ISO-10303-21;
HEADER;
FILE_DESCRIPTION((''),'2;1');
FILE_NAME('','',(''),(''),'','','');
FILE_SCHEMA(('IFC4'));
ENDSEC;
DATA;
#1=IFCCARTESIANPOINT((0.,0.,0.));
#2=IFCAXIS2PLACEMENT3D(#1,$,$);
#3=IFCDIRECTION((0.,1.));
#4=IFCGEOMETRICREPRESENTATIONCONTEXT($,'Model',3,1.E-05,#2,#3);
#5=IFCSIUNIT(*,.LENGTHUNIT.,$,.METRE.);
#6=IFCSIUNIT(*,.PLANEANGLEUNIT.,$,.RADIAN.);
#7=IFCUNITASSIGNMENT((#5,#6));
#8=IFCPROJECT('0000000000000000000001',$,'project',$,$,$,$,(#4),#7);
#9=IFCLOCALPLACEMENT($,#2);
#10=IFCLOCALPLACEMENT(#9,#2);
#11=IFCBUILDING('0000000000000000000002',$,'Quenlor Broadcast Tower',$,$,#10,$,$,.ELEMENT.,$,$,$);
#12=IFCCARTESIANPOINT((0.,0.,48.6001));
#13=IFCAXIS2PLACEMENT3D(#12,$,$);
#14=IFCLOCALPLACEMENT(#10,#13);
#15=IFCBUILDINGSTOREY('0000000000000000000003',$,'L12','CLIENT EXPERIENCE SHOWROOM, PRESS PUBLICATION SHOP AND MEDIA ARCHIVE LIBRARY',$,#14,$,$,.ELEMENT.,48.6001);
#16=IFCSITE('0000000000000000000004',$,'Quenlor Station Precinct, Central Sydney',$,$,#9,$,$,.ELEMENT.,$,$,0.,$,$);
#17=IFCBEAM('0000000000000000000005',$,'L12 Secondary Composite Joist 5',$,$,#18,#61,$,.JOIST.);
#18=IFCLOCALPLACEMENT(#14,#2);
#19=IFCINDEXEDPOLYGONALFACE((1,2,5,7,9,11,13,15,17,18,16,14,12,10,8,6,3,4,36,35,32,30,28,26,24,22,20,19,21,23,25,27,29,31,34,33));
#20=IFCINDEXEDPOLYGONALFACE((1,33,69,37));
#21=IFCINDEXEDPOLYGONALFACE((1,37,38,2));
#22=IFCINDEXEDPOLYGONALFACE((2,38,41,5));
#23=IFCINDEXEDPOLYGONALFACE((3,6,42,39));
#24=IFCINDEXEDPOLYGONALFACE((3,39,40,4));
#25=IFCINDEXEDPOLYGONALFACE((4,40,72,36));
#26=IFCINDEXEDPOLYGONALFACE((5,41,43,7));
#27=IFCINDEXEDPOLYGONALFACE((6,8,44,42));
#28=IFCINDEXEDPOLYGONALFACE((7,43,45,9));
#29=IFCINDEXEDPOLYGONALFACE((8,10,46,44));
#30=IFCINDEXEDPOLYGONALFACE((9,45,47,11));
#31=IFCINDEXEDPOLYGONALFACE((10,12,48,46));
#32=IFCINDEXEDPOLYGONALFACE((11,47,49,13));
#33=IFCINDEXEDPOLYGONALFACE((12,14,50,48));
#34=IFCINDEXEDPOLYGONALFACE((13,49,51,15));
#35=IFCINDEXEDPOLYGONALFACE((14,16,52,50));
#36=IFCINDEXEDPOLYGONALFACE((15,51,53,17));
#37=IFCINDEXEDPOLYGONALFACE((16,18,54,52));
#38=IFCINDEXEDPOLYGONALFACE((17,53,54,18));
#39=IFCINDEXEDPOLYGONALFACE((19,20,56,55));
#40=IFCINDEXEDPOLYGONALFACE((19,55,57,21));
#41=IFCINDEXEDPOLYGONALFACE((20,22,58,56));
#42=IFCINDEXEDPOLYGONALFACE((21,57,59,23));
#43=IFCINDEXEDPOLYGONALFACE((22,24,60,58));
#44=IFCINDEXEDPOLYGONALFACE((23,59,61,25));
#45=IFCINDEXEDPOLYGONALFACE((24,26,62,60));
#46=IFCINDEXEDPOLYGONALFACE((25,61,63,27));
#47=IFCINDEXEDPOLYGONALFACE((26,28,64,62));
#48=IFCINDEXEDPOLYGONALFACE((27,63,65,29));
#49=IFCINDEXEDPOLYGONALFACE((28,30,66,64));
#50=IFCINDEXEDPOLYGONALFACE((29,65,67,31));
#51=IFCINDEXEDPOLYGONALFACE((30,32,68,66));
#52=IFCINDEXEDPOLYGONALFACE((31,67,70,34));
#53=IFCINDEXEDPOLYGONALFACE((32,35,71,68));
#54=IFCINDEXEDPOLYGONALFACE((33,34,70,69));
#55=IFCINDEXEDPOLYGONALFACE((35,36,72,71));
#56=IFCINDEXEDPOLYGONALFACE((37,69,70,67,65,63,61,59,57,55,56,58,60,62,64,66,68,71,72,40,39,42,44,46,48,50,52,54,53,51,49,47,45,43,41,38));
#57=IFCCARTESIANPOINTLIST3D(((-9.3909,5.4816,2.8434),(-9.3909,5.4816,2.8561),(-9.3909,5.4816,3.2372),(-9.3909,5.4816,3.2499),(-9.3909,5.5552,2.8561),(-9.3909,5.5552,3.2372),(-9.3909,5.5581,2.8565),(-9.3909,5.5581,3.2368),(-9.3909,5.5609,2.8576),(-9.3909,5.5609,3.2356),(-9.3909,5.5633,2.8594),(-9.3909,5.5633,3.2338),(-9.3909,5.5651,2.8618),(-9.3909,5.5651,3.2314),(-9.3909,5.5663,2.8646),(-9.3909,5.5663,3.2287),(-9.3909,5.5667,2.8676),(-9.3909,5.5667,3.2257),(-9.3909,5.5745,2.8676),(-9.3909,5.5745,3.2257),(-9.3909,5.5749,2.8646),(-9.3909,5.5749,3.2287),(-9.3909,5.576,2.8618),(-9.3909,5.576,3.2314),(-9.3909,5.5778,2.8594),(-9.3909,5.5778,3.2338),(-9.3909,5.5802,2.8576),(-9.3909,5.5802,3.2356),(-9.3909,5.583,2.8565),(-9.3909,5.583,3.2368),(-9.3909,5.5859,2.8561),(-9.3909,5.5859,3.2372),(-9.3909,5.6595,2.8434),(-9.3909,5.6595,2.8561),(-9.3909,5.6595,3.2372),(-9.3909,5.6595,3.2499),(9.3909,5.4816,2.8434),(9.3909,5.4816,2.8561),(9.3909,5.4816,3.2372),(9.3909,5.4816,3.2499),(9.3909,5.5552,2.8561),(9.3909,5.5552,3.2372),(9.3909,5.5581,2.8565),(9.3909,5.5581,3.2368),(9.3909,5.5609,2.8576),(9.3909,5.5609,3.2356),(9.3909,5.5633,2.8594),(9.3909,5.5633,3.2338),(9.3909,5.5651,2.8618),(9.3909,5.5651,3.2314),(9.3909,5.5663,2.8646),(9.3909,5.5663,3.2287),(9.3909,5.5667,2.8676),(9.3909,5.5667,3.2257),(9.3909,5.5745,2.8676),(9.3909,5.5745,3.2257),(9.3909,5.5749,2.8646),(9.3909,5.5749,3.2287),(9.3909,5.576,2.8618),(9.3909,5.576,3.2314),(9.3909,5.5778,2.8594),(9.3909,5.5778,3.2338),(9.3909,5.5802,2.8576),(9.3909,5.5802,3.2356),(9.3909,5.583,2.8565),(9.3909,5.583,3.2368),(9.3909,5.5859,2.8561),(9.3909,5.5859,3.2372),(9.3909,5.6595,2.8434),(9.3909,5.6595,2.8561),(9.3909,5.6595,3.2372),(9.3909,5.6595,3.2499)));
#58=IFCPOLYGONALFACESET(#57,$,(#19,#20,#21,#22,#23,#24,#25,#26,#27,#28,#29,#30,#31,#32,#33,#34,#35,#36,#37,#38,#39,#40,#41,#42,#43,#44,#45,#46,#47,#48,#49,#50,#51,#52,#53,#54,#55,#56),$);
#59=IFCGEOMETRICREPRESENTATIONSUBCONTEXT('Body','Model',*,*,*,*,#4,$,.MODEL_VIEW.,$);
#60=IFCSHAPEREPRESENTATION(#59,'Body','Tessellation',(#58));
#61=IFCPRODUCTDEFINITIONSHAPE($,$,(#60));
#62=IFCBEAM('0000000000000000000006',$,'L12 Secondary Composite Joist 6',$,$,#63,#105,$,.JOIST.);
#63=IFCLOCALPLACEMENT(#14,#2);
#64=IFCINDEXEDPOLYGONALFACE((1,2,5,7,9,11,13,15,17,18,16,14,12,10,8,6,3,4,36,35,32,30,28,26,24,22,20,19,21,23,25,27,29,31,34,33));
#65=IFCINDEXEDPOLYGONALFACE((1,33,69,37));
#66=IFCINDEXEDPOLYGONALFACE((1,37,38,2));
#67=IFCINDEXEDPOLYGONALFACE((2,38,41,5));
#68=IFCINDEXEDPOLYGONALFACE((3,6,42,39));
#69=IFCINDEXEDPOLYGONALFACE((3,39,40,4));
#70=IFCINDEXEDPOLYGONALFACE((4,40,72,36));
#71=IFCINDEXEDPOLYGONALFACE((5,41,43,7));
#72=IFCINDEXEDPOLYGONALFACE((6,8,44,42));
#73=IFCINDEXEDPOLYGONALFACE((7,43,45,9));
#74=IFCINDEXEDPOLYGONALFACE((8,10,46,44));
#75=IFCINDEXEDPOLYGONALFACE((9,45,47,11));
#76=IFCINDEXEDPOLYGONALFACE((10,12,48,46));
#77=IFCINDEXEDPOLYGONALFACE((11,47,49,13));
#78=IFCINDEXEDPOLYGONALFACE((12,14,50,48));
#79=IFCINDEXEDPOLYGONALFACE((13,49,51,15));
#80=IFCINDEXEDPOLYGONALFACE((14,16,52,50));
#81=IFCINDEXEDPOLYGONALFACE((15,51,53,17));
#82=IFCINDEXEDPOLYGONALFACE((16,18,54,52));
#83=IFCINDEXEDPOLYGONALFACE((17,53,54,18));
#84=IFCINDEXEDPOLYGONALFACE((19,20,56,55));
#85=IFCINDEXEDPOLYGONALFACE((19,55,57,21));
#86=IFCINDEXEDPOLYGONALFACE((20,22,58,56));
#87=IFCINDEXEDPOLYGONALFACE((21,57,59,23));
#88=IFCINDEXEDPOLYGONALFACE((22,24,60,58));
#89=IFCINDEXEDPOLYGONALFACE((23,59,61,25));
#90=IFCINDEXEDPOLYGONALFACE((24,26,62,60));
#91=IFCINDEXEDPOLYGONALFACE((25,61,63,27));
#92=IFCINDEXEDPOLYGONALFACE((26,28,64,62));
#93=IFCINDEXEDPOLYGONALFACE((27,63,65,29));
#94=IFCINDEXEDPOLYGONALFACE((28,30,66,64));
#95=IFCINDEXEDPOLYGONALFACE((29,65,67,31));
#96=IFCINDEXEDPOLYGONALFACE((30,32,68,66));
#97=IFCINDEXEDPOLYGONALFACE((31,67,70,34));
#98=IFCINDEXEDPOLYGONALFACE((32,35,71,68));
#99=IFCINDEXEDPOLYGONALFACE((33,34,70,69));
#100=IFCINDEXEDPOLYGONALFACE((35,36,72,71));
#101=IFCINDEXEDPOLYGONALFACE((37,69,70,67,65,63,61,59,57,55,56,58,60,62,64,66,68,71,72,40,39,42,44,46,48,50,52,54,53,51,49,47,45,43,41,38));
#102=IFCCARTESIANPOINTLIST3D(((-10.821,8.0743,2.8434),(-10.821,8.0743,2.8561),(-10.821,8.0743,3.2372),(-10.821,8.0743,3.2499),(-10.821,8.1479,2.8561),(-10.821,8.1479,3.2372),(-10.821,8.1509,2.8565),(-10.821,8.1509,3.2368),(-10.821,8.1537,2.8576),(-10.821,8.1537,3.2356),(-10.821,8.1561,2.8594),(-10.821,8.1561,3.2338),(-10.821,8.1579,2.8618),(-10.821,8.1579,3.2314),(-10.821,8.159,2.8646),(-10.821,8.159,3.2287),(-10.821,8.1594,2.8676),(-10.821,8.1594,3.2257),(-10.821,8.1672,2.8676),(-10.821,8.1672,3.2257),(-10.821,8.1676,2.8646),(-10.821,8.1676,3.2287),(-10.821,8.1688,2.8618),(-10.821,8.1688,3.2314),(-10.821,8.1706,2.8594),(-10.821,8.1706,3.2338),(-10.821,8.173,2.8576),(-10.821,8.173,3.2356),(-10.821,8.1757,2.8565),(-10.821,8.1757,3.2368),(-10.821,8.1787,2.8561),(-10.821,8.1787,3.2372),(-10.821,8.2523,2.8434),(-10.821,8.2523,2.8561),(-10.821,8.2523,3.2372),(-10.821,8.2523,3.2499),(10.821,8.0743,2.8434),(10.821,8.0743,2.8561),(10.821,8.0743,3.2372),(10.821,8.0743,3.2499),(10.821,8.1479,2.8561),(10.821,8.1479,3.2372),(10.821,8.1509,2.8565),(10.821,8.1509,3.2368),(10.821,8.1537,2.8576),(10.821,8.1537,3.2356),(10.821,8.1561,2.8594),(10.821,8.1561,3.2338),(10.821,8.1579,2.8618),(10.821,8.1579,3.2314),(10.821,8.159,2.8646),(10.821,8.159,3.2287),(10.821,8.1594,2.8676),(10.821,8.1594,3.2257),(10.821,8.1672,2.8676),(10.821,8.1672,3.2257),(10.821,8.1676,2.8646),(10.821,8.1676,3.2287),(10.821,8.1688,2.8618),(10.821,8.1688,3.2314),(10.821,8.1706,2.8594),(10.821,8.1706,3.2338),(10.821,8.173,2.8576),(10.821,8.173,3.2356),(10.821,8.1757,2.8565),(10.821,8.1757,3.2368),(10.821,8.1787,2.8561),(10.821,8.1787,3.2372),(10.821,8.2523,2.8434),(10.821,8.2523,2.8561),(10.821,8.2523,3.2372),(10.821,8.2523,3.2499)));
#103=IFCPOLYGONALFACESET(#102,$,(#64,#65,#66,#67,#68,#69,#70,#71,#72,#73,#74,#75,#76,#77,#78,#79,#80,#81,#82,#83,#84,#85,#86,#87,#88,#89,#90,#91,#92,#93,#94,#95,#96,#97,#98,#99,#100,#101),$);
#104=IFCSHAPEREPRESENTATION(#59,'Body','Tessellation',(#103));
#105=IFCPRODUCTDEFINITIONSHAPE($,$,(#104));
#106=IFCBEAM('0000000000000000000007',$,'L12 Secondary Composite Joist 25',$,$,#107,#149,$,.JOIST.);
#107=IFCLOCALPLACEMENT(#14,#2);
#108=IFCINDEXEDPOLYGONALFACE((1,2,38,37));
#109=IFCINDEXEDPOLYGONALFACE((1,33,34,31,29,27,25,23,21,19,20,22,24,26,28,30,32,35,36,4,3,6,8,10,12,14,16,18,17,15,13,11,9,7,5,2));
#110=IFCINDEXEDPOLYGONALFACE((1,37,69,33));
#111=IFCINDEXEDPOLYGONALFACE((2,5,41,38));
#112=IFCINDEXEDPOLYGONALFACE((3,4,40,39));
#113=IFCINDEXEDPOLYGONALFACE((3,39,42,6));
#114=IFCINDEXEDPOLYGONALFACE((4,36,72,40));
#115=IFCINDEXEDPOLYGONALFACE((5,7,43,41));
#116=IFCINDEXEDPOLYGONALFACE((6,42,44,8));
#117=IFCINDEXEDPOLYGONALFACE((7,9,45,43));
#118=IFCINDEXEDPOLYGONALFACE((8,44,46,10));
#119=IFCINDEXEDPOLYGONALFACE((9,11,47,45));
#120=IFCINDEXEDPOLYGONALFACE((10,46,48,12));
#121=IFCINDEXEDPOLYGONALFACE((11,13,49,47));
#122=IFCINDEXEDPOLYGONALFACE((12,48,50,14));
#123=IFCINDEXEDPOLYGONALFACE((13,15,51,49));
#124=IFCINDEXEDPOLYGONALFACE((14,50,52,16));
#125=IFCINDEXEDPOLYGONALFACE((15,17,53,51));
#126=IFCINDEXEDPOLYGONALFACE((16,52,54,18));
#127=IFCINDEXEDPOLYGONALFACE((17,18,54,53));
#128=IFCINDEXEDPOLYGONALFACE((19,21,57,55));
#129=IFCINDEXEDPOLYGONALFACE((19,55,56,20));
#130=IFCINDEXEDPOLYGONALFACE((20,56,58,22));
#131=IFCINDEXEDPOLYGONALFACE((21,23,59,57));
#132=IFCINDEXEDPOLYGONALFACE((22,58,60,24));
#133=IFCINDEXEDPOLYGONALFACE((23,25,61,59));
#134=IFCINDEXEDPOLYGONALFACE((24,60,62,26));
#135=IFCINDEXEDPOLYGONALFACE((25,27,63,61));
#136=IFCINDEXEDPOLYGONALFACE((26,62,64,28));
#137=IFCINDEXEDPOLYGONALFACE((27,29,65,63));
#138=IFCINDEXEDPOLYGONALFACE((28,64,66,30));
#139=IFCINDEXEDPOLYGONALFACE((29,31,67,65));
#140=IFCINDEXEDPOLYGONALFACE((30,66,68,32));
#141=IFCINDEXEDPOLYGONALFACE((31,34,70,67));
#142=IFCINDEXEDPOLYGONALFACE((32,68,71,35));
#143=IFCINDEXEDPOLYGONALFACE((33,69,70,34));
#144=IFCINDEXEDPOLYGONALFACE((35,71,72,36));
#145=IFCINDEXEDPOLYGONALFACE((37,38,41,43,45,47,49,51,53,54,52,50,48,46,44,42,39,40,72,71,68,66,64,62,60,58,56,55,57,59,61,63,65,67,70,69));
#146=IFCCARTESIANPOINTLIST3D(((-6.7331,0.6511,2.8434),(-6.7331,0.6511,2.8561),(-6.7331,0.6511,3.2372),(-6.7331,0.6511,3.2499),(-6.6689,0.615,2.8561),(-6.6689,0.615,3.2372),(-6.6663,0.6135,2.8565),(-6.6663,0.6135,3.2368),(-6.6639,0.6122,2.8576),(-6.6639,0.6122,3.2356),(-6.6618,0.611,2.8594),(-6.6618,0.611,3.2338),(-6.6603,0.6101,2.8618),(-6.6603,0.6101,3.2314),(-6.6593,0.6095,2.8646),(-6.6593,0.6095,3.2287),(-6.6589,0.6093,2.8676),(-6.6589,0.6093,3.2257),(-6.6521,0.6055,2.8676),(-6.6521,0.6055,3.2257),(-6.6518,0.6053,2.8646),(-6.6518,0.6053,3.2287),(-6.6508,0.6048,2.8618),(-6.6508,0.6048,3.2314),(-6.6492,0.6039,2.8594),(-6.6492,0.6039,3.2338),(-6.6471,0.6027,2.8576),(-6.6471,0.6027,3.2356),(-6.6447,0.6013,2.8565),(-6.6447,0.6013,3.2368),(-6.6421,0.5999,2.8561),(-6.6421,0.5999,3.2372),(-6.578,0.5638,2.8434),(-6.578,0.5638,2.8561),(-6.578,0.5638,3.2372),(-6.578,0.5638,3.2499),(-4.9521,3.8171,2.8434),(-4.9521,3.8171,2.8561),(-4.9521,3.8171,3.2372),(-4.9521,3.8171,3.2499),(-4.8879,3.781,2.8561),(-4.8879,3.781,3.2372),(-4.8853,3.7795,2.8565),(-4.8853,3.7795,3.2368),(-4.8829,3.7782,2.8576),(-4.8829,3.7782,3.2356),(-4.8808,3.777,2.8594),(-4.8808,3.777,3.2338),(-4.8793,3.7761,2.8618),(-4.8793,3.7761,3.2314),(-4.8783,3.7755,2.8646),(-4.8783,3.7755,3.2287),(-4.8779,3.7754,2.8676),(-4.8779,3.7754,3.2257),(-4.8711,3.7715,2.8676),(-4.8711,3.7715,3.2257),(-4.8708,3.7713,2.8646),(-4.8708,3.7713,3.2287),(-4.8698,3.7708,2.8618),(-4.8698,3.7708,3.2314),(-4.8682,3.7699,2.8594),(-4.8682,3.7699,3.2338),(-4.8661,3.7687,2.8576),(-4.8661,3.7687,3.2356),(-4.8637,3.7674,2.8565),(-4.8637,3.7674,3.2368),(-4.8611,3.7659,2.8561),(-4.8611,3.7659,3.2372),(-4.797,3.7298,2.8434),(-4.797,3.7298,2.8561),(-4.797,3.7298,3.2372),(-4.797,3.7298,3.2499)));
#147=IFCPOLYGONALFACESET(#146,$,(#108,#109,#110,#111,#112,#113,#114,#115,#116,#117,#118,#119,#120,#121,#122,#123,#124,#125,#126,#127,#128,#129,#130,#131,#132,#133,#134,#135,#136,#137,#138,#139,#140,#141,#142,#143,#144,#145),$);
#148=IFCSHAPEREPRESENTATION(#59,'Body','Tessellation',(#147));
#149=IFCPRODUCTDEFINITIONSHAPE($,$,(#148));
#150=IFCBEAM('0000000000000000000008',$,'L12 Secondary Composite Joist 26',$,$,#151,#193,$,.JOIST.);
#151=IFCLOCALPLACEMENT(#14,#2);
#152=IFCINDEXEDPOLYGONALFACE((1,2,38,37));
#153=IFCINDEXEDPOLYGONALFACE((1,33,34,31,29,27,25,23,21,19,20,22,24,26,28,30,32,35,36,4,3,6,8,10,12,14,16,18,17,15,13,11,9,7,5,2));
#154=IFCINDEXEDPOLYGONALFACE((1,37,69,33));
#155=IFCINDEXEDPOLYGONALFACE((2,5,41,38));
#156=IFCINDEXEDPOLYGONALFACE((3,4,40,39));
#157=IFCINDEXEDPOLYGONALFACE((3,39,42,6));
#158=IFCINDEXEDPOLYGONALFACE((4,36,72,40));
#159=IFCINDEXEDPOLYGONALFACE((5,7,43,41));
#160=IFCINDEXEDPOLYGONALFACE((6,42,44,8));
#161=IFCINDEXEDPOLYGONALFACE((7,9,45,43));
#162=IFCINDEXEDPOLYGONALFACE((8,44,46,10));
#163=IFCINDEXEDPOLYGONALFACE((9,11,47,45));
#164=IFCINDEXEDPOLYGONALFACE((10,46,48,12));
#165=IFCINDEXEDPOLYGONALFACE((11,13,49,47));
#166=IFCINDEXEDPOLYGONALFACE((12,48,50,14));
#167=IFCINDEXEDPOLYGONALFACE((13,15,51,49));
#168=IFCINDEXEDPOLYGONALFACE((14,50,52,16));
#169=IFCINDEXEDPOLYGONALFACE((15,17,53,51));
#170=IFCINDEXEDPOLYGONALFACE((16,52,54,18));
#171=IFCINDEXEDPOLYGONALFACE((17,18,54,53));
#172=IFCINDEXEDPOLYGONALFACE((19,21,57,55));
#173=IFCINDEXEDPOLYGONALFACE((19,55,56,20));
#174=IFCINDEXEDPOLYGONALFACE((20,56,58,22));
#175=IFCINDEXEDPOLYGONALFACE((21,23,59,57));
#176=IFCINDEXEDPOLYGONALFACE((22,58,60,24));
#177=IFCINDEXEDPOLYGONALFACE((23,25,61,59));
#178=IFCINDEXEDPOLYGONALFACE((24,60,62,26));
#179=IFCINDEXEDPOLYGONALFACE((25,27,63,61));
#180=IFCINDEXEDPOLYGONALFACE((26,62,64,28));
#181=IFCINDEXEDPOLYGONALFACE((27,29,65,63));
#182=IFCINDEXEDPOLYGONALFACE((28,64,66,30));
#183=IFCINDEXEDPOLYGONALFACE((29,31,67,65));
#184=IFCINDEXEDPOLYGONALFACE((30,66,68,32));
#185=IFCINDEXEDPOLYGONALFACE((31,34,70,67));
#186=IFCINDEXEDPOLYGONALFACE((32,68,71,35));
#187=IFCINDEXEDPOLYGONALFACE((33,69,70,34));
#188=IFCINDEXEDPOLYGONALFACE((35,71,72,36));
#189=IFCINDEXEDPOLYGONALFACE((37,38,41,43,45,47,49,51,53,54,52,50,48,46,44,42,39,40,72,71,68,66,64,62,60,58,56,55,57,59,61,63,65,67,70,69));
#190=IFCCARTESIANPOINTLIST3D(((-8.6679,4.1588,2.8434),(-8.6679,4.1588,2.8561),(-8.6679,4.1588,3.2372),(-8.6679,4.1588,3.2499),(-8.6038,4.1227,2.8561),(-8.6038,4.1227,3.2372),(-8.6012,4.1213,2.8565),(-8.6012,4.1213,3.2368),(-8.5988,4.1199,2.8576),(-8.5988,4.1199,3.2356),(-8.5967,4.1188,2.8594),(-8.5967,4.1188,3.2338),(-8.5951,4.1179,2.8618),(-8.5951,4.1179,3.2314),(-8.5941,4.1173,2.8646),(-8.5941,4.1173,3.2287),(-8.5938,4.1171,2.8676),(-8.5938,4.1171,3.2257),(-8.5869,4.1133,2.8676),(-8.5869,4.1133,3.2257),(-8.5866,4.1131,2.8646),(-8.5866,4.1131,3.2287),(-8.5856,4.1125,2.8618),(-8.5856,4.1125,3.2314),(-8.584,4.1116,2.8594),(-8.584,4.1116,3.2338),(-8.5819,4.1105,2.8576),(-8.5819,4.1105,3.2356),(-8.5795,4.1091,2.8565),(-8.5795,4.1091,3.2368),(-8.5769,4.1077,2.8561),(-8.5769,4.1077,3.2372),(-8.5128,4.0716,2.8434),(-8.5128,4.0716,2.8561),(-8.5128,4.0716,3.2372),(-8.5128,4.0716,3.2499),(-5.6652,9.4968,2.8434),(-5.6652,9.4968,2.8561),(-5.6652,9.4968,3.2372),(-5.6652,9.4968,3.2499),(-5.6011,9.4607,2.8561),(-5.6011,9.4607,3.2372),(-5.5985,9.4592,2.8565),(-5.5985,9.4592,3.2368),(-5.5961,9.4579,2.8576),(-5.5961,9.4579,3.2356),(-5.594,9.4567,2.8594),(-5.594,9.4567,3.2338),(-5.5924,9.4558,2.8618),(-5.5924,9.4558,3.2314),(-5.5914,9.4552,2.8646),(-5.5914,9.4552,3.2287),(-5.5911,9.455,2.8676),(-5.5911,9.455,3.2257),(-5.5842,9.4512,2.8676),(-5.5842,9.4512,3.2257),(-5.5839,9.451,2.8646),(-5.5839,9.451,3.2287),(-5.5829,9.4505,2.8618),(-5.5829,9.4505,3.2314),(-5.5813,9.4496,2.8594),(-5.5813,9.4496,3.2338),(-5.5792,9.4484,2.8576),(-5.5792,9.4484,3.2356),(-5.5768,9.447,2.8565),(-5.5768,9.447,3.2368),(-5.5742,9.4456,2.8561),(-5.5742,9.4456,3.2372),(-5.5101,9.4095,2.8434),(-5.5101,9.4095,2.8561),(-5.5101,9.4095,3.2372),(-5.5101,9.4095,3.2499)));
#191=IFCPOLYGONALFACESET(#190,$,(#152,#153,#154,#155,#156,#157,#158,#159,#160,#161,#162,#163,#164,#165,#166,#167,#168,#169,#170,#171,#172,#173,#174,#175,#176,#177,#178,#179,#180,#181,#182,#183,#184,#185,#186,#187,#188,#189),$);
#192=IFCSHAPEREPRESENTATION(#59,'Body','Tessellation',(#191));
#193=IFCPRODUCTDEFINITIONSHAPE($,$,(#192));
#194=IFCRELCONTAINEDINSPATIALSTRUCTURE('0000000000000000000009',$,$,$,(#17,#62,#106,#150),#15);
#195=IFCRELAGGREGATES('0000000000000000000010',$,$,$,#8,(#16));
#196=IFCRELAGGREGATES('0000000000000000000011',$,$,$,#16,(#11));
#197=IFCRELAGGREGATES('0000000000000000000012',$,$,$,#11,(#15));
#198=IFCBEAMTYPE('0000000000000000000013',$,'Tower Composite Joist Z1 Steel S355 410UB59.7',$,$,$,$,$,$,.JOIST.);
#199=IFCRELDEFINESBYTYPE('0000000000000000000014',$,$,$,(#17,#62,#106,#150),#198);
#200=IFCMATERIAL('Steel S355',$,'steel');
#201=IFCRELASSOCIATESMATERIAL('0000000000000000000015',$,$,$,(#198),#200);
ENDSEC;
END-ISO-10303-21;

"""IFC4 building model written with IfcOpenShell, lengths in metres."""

from ifc_helpers import new_model, si_unit, direction, frame, origin, origin_2d, place, context, subcontext, project, spatial, i_section, extrude, material, material_profile, profile_set, type_object, element, save


model = new_model("IFC4")

# Units and contexts
model_context = context("Model", 3, precision=1e-05, world=origin(), true_north=direction((0.0, 1.0)))
body_context = subcontext(model_context, "Body", "Model", "MODEL_VIEW")
ifc_project = project(units=[si_unit("LENGTHUNIT", "METRE"), si_unit("PLANEANGLEUNIT", "RADIAN")], contexts=[model_context])

# Site, building, storey
site_placement = place(None, origin())
site = spatial("IfcSite", under=ifc_project, at=site_placement, Name="Quenlor Station Precinct, Central Sydney", CompositionType="ELEMENT", RefElevation=0.0)
building_placement = place(site_placement, origin())
building = spatial("IfcBuilding", under=site, at=building_placement, Name="Quenlor Broadcast Tower", CompositionType="ELEMENT")
storey_placement = place(building_placement, frame((0.0, 0.0, 48.6001)))
storey = spatial("IfcBuildingStorey", under=building, at=storey_placement, Name="L12", Description="CLIENT EXPERIENCE SHOWROOM, PRESS PUBLICATION SHOP AND MEDIA ARCHIVE LIBRARY", CompositionType="ELEMENT", Elevation=48.6001)

# Beams
ifc_material_1 = material(Name="Steel S355", Category="steel")
ifc_material_profile_1 = material_profile(ifc_material_1, i_section(OverallWidth=0.178, OverallDepth=0.4065, WebThickness=0.0078, FlangeThickness=0.0127, FilletRadius=0.0115, at=origin_2d()))
ifc_profile_set_1 = profile_set([ifc_material_profile_1], Name="Steel S355 410UB59.7")
beam_type_1 = type_object("IfcBeamType", Name="Tower Composite Joist Z1 Steel S355 410UB59.7", PredefinedType="JOIST", material=ifc_profile_set_1)
beam_1_placement = place(storey_placement, frame((-9.3909, 5.5706, 3.0466), z_axis=(1.0, 0.0, 0.0), x_axis=(0.0, 1.0, 0.0)))
element("IfcBeam", 1, at=beam_1_placement, inside=storey, type_object=beam_type_1, Name="L12 Secondary Composite Joist 5", PredefinedType="JOIST", context=body_context, shape_type="SweptSolid", body=[
    extrude(i_section(OverallWidth=0.178, OverallDepth=0.4065, WebThickness=0.0078, FlangeThickness=0.0127, FilletRadius=0.0115, at=origin_2d()), origin(), (0.0, 0.0, 1.0), 18.7817),
])
beam_2_placement = place(storey_placement, frame((-10.821, 8.1633, 3.0466), z_axis=(1.0, 0.0, 0.0), x_axis=(0.0, 1.0, 0.0)))
element("IfcBeam", 2, at=beam_2_placement, inside=storey, type_object=beam_type_1, Name="L12 Secondary Composite Joist 6", PredefinedType="JOIST", context=body_context, shape_type="SweptSolid", body=[
    extrude(i_section(OverallWidth=0.178, OverallDepth=0.4065, WebThickness=0.0078, FlangeThickness=0.0127, FilletRadius=0.0115, at=origin_2d()), origin(), (0.0, 0.0, 1.0), 21.6421),
])
beam_3_placement = place(storey_placement, frame((-4.8745, 3.7734, 3.0466), z_axis=(-0.490287, -0.871561, 0.0), x_axis=(0.871561, -0.490287, 0.0)))
element("IfcBeam", 3, at=beam_3_placement, inside=storey, type_object=beam_type_1, Name="L12 Secondary Composite Joist 25", PredefinedType="JOIST", context=body_context, shape_type="SweptSolid", body=[
    extrude(i_section(OverallWidth=0.178, OverallDepth=0.4065, WebThickness=0.0078, FlangeThickness=0.0127, FilletRadius=0.0115, at=origin_2d()), origin(), (0.0, 0.0, 1.0), 3.6326),
])
beam_4_placement = place(storey_placement, frame((-5.5876, 9.4531, 3.0466), z_axis=(-0.490276, -0.871567, 0.0), x_axis=(0.871567, -0.490276, 0.0)))
element("IfcBeam", 4, at=beam_4_placement, inside=storey, type_object=beam_type_1, Name="L12 Secondary Composite Joist 26", PredefinedType="JOIST", context=body_context, shape_type="SweptSolid", body=[
    extrude(i_section(OverallWidth=0.178, OverallDepth=0.4065, WebThickness=0.0078, FlangeThickness=0.0127, FilletRadius=0.0115, at=origin_2d()), origin(), (0.0, 0.0, 1.0), 6.1245),
])

save(model, "model.ifc")
